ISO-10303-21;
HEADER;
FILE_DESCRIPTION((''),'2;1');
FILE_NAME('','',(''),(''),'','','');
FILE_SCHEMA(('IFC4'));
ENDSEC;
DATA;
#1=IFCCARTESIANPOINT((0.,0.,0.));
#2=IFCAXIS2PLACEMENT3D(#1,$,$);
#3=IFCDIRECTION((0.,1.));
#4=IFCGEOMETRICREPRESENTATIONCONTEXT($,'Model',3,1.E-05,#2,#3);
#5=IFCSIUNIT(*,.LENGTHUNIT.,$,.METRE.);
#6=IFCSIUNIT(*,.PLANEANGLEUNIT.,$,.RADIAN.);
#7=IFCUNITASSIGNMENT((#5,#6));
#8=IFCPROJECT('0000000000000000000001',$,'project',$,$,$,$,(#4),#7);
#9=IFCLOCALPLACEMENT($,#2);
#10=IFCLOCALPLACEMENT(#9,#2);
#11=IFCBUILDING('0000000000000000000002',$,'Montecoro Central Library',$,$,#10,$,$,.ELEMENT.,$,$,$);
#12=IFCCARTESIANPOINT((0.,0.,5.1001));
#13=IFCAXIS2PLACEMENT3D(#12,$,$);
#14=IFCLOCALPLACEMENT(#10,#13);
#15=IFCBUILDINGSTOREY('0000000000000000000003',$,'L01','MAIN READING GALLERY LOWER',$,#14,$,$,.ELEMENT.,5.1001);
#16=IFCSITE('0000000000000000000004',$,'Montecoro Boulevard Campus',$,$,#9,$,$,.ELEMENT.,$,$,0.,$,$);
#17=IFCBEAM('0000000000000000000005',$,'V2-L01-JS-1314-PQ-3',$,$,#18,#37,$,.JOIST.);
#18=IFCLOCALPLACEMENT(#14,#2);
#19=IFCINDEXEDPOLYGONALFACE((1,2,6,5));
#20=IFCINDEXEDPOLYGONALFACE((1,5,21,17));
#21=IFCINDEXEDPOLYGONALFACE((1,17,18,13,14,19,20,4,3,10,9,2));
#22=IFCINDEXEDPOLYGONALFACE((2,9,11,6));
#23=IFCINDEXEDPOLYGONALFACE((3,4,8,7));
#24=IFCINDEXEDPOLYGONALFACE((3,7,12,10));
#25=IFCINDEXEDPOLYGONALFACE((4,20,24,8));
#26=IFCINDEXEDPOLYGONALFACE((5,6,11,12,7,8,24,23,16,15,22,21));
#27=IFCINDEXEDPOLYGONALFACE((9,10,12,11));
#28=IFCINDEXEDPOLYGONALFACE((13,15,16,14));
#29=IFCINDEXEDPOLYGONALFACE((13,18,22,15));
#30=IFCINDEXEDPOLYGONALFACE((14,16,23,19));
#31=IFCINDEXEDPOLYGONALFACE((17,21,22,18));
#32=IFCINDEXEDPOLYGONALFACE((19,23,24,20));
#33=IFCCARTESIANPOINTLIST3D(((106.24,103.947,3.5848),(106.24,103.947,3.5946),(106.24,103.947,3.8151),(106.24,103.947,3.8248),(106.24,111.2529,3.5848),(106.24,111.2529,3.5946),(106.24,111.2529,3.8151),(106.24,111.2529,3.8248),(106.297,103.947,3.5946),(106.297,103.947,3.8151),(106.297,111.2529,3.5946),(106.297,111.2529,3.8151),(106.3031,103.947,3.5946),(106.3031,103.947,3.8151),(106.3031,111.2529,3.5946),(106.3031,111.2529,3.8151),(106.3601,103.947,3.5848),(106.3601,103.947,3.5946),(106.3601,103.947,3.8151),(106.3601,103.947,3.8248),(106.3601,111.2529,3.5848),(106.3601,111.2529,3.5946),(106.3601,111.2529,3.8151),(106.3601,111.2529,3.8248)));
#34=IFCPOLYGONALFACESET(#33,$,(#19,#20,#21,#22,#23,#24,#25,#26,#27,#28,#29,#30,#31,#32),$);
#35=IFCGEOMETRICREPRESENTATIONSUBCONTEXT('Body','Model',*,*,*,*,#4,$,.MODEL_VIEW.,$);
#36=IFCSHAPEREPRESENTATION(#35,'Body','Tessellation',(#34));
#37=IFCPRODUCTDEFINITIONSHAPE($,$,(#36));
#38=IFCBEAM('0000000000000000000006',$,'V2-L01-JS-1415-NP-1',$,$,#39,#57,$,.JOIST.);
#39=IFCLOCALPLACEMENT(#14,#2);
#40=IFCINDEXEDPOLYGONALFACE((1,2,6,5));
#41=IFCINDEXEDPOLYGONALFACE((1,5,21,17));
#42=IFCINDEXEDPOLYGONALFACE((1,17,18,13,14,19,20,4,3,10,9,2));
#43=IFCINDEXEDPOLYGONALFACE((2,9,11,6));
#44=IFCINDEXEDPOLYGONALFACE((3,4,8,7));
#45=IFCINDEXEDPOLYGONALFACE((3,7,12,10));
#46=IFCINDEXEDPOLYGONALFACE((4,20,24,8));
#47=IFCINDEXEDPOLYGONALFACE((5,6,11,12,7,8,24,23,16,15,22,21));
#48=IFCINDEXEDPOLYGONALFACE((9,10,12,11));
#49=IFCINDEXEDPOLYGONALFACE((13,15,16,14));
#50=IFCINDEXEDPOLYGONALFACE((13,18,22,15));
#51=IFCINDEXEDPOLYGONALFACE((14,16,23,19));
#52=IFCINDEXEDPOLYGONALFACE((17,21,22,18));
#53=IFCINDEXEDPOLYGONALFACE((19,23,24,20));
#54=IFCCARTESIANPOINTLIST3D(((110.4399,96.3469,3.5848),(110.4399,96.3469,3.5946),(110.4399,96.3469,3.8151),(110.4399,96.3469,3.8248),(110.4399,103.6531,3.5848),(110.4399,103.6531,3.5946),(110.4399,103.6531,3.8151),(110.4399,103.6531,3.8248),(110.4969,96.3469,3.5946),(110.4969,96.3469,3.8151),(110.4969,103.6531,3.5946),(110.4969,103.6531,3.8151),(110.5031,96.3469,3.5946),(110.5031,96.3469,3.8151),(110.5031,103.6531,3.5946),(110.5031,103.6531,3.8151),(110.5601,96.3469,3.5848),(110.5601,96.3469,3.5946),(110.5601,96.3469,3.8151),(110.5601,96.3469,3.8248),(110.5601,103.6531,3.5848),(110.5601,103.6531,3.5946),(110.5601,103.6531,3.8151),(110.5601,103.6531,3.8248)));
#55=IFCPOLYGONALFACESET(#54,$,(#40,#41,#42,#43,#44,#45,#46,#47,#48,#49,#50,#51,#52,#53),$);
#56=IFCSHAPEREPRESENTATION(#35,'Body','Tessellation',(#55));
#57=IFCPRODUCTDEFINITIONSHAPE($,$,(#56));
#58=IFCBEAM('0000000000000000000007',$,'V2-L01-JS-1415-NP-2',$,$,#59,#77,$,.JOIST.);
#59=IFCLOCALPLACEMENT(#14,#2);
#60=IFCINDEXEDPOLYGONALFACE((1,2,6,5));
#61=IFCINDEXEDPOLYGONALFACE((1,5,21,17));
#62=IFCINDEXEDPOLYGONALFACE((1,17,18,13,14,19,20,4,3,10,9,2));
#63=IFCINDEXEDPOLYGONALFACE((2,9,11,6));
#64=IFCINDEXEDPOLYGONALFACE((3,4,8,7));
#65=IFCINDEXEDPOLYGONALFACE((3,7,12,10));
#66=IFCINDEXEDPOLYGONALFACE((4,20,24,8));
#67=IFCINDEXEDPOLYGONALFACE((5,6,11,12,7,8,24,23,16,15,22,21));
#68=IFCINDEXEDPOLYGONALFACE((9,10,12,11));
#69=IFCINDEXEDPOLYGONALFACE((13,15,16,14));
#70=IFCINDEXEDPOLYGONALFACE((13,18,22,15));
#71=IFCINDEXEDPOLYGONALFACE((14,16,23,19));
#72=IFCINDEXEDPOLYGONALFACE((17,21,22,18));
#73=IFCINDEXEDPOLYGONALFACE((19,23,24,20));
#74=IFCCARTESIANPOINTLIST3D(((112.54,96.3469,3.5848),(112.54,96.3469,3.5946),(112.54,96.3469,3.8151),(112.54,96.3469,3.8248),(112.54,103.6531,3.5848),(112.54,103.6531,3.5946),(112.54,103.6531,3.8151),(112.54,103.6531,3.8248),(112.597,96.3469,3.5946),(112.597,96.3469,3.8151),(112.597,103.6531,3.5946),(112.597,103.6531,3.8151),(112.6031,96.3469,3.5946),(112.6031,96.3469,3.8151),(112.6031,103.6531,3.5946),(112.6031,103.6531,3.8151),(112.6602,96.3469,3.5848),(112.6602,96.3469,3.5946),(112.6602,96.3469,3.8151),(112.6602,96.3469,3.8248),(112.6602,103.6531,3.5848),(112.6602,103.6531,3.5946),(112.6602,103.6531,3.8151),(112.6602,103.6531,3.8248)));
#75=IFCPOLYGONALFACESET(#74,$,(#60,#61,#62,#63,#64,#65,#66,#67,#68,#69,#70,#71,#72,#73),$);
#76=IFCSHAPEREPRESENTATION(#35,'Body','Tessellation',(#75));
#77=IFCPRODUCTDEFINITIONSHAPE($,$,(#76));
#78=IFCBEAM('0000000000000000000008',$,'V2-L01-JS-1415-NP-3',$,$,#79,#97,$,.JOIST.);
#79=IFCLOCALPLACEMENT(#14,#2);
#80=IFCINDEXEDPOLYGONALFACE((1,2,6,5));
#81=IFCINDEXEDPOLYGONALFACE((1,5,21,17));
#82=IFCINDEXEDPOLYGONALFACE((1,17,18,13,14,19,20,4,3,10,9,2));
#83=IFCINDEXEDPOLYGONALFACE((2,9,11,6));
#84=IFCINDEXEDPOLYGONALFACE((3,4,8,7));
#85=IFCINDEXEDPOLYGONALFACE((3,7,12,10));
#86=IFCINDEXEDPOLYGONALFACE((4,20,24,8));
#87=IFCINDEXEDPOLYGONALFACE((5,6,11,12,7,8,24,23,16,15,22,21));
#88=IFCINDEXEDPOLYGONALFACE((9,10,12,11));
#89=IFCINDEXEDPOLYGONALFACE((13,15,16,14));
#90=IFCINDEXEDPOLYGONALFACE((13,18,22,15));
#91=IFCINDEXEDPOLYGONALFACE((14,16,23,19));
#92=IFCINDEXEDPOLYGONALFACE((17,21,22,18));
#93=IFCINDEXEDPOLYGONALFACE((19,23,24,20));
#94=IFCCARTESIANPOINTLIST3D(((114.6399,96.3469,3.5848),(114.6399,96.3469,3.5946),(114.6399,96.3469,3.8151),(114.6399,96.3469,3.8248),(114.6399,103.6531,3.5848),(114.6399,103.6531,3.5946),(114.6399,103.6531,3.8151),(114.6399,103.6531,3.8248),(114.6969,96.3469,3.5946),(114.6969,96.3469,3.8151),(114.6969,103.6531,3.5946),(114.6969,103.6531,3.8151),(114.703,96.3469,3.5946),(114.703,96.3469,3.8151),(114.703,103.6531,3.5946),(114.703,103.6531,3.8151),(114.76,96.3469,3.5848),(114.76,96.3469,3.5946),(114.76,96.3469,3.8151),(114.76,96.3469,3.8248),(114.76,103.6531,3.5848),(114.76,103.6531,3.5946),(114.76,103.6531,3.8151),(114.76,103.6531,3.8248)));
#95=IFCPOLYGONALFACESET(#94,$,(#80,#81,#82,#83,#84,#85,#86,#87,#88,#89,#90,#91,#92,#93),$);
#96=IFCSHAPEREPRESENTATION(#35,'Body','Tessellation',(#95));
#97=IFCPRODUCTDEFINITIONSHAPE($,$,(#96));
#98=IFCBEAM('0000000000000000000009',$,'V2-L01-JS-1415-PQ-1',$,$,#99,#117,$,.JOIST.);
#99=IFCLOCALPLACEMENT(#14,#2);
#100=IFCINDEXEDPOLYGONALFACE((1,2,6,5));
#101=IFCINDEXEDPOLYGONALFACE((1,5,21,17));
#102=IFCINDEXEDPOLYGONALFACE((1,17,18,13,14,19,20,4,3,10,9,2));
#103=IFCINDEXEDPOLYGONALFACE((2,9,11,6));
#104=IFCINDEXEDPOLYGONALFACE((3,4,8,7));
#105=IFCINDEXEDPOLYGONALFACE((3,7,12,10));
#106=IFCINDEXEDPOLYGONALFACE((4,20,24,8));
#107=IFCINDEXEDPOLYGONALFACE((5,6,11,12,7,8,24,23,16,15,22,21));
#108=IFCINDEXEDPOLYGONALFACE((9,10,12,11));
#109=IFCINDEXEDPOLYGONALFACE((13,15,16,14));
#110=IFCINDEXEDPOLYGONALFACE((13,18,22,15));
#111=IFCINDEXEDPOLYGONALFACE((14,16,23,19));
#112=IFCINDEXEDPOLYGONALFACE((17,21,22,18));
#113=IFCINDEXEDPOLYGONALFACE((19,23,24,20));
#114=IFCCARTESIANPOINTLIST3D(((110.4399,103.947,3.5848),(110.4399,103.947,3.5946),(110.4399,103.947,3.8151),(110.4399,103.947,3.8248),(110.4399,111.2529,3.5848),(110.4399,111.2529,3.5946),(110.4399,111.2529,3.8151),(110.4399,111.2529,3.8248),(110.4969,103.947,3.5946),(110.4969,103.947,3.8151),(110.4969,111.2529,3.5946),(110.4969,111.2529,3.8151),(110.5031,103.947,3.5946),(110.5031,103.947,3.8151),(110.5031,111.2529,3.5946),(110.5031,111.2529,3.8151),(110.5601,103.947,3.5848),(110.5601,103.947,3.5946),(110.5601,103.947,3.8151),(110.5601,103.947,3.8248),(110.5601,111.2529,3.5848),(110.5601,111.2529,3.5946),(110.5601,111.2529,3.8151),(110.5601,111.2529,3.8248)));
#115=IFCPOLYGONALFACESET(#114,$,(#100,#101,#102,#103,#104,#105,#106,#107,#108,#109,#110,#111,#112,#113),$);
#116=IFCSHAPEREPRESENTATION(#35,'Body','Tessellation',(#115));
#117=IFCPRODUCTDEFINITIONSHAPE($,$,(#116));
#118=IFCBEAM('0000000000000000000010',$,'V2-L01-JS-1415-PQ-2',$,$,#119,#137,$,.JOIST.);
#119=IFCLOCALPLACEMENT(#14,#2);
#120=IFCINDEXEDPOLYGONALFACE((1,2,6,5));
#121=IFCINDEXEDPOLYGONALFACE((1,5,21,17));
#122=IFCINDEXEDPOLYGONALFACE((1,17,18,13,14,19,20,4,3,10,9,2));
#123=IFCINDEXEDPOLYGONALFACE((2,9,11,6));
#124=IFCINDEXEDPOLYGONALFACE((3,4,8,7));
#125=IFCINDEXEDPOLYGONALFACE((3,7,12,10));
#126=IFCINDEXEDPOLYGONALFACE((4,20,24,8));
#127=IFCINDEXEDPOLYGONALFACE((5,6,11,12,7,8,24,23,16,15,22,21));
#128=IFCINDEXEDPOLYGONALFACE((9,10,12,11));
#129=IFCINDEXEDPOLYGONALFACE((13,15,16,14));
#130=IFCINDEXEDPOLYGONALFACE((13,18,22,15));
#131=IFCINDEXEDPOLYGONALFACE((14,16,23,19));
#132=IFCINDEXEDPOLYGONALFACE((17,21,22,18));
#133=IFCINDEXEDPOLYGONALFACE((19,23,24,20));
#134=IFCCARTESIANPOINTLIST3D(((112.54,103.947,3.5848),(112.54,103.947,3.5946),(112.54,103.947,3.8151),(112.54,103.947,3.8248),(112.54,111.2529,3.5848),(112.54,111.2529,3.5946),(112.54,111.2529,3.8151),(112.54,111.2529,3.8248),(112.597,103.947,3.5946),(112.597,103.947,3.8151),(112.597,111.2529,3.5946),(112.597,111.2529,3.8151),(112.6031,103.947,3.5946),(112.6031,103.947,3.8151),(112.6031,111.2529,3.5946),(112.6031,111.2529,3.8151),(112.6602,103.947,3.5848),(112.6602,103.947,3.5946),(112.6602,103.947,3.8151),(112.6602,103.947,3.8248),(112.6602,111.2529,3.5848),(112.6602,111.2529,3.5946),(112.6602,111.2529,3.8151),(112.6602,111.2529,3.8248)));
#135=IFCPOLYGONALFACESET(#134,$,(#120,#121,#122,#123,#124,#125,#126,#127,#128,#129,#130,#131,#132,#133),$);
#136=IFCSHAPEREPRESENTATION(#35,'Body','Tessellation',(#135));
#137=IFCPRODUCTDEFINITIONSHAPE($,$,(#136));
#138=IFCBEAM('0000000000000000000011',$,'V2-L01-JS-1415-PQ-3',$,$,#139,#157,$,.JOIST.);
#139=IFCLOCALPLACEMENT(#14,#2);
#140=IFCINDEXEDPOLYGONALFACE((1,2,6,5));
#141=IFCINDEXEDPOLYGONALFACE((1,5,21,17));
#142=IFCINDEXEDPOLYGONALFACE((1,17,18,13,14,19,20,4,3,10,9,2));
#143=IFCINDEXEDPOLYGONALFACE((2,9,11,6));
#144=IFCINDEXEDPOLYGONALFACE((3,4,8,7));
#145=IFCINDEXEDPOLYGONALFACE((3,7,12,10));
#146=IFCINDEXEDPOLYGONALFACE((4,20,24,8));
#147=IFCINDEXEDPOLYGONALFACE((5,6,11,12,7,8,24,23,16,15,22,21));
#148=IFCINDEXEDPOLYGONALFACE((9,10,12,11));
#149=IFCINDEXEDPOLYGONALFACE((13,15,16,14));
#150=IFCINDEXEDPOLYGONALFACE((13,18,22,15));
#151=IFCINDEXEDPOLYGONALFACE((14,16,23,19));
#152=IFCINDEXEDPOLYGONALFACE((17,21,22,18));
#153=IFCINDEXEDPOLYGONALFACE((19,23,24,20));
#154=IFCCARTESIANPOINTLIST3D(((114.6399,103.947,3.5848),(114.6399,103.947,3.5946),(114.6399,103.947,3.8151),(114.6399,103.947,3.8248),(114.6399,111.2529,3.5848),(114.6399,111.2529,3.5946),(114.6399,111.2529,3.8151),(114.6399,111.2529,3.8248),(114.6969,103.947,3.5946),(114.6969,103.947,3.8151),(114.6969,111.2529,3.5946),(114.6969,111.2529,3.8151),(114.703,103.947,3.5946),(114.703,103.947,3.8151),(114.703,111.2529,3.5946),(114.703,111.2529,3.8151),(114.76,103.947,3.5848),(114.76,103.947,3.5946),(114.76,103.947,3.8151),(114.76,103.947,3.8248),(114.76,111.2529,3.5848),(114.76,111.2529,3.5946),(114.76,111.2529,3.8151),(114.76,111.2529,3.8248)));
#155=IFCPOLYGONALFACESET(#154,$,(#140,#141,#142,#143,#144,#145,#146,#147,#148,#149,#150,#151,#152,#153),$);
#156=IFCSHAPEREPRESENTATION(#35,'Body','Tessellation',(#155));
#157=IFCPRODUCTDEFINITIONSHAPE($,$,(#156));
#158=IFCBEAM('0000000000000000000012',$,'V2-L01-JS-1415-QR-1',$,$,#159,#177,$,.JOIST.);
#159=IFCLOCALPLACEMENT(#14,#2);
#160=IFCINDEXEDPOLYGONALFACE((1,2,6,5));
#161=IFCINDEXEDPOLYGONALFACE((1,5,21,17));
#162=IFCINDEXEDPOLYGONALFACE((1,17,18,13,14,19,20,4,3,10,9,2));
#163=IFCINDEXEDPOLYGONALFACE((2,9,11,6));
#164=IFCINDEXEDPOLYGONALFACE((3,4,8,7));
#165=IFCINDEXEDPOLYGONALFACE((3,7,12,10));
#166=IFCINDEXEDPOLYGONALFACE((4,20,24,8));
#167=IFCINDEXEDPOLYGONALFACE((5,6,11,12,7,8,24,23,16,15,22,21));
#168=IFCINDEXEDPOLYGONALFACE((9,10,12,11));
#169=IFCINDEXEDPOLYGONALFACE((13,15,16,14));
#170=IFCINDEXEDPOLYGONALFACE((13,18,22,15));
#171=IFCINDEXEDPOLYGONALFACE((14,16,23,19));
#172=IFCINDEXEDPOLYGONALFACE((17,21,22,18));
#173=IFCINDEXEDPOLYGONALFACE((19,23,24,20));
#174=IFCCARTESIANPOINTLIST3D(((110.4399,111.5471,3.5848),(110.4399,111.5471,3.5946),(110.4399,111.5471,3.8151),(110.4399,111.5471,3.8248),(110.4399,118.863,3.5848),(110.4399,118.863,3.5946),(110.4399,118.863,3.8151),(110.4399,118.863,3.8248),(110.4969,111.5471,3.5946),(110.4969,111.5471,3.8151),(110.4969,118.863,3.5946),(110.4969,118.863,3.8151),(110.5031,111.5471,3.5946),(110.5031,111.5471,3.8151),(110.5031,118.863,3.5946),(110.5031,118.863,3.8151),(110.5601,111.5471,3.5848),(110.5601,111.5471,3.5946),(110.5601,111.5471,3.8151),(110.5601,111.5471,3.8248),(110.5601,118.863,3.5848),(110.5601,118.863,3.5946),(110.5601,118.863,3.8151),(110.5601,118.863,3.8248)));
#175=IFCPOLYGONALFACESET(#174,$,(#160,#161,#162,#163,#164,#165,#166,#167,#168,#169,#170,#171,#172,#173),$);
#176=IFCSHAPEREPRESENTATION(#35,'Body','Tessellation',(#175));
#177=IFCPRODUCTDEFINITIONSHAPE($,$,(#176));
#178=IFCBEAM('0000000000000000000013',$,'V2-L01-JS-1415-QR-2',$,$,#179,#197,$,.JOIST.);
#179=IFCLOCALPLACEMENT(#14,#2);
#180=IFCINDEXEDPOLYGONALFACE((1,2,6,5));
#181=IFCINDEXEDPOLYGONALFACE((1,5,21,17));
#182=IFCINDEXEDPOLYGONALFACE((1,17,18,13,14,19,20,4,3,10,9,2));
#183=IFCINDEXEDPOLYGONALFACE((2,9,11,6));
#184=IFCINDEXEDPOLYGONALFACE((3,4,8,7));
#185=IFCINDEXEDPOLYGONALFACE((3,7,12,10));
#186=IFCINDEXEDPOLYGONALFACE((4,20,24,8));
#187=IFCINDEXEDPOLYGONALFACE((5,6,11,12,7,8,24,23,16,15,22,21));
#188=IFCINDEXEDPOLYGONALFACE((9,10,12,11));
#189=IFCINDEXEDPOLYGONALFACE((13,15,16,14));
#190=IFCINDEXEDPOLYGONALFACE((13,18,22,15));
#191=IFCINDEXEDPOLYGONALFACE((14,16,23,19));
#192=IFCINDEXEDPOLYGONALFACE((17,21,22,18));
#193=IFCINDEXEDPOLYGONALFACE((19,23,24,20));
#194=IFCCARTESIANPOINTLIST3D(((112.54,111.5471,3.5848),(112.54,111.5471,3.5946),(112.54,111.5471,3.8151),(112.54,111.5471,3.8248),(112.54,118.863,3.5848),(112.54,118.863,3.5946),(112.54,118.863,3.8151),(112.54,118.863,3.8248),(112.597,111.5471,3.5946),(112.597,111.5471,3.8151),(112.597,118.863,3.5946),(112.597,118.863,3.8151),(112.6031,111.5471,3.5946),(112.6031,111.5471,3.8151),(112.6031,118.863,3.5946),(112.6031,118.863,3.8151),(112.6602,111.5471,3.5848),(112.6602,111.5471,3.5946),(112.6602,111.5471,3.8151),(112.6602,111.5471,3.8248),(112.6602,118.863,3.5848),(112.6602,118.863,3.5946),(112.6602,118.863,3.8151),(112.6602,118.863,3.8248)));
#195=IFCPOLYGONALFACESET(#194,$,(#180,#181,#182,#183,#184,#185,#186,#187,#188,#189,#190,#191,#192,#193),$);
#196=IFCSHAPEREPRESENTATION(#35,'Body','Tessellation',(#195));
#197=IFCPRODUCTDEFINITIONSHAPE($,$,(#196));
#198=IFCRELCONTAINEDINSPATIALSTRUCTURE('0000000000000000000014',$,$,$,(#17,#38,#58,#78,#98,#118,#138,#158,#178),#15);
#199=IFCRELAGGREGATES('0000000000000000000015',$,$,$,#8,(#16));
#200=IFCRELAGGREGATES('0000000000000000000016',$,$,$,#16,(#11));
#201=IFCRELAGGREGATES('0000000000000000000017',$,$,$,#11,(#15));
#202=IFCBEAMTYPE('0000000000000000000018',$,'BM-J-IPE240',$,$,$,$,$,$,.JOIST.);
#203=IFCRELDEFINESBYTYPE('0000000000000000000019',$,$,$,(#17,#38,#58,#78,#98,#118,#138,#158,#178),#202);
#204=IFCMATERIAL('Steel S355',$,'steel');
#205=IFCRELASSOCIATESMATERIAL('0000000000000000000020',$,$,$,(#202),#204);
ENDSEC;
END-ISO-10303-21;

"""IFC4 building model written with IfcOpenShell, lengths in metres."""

from ifc_helpers import new_model, si_unit, direction, frame, origin, origin_2d, place, context, subcontext, project, spatial, i_section, extrude, material, material_profile, profile_set, type_object, element, save


model = new_model("IFC4")

# Units and contexts
model_context = context("Model", 3, precision=1e-05, world=origin(), true_north=direction((0.0, 1.0)))
body_context = subcontext(model_context, "Body", "Model", "MODEL_VIEW")
ifc_project = project(units=[si_unit("LENGTHUNIT", "METRE"), si_unit("PLANEANGLEUNIT", "RADIAN")], contexts=[model_context])

# Site, building, storey
site_placement = place(None, origin())
site = spatial("IfcSite", under=ifc_project, at=site_placement, Name="Montecoro Boulevard Campus", CompositionType="ELEMENT", RefElevation=0.0)
building_placement = place(site_placement, origin())
building = spatial("IfcBuilding", under=site, at=building_placement, Name="Montecoro Central Library", CompositionType="ELEMENT")
storey_placement = place(building_placement, frame((0.0, 0.0, 5.1001)))
storey = spatial("IfcBuildingStorey", under=building, at=storey_placement, Name="L01", Description="MAIN READING GALLERY LOWER", CompositionType="ELEMENT", Elevation=5.1001)

# Beams
ifc_material_1 = material(Name="Steel S355", Category="steel")
ifc_material_profile_1 = material_profile(ifc_material_1, i_section(OverallWidth=0.1201, OverallDepth=0.24, WebThickness=0.0061, FlangeThickness=0.0098, at=origin_2d()), Name="IPE 240")
ifc_profile_set_1 = profile_set([ifc_material_profile_1], Name="Steel S355")
beam_type_1 = type_object("IfcBeamType", Name="BM-J-IPE240", PredefinedType="JOIST", material=ifc_profile_set_1)
for number, where, z_axis, x_axis, name in (
    (1, (106.3, 103.947, 3.7048), (0.0, 1.0, 0.0), (-1.0, 0.0, 0.0), "V2-L01-JS-1314-PQ-3"),
):
    element("IfcBeam", number, at=place(storey_placement, frame(where, z_axis=z_axis, x_axis=x_axis)), inside=storey, type_object=beam_type_1, Name=name, PredefinedType="JOIST", context=body_context, shape_type="SweptSolid", body=[
        extrude(i_section(OverallWidth=0.1201, OverallDepth=0.24, WebThickness=0.0061, FlangeThickness=0.0098, at=origin_2d()), origin(), (0.0, 0.0, 1.0), 7.3059),
    ])
for number, where, z_axis, x_axis, name in (
    (2, (110.5, 96.3469, 3.7048), (0.0, 1.0, 0.0), (-1.0, 0.0, 0.0), "V2-L01-JS-1415-NP-1"),
    (3, (112.6001, 96.3469, 3.7048), (0.0, 1.0, 0.0), (-1.0, 0.0, 0.0), "V2-L01-JS-1415-NP-2"),
    (4, (114.7, 96.3469, 3.7048), (0.0, 1.0, 0.0), (-1.0, 0.0, 0.0), "V2-L01-JS-1415-NP-3"),
):
    element("IfcBeam", number, at=place(storey_placement, frame(where, z_axis=z_axis, x_axis=x_axis)), inside=storey, type_object=beam_type_1, Name=name, PredefinedType="JOIST", context=body_context, shape_type="SweptSolid", body=[
        extrude(i_section(OverallWidth=0.1201, OverallDepth=0.24, WebThickness=0.0061, FlangeThickness=0.0098, at=origin_2d()), origin(), (0.0, 0.0, 1.0), 7.3062),
    ])
for number, where, z_axis, x_axis, name in (
    (5, (110.5, 103.947, 3.7048), (0.0, 1.0, 0.0), (-1.0, 0.0, 0.0), "V2-L01-JS-1415-PQ-1"),
    (6, (112.6001, 103.947, 3.7048), (0.0, 1.0, 0.0), (-1.0, 0.0, 0.0), "V2-L01-JS-1415-PQ-2"),
    (7, (114.7, 103.947, 3.7048), (0.0, 1.0, 0.0), (-1.0, 0.0, 0.0), "V2-L01-JS-1415-PQ-3"),
):
    element("IfcBeam", number, at=place(storey_placement, frame(where, z_axis=z_axis, x_axis=x_axis)), inside=storey, type_object=beam_type_1, Name=name, PredefinedType="JOIST", context=body_context, shape_type="SweptSolid", body=[
        extrude(i_section(OverallWidth=0.1201, OverallDepth=0.24, WebThickness=0.0061, FlangeThickness=0.0098, at=origin_2d()), origin(), (0.0, 0.0, 1.0), 7.3059),
    ])
for number, where, z_axis, x_axis, name in (
    (8, (110.5, 111.5471, 3.7048), (0.0, 1.0, 0.0), (-1.0, 0.0, 0.0), "V2-L01-JS-1415-QR-1"),
    (9, (112.6001, 111.5471, 3.7048), (0.0, 1.0, 0.0), (-1.0, 0.0, 0.0), "V2-L01-JS-1415-QR-2"),
):
    element("IfcBeam", number, at=place(storey_placement, frame(where, z_axis=z_axis, x_axis=x_axis)), inside=storey, type_object=beam_type_1, Name=name, PredefinedType="JOIST", context=body_context, shape_type="SweptSolid", body=[
        extrude(i_section(OverallWidth=0.1201, OverallDepth=0.24, WebThickness=0.0061, FlangeThickness=0.0098, at=origin_2d()), origin(), (0.0, 0.0, 1.0), 7.3159),
    ])

save(model, "model.ifc")
